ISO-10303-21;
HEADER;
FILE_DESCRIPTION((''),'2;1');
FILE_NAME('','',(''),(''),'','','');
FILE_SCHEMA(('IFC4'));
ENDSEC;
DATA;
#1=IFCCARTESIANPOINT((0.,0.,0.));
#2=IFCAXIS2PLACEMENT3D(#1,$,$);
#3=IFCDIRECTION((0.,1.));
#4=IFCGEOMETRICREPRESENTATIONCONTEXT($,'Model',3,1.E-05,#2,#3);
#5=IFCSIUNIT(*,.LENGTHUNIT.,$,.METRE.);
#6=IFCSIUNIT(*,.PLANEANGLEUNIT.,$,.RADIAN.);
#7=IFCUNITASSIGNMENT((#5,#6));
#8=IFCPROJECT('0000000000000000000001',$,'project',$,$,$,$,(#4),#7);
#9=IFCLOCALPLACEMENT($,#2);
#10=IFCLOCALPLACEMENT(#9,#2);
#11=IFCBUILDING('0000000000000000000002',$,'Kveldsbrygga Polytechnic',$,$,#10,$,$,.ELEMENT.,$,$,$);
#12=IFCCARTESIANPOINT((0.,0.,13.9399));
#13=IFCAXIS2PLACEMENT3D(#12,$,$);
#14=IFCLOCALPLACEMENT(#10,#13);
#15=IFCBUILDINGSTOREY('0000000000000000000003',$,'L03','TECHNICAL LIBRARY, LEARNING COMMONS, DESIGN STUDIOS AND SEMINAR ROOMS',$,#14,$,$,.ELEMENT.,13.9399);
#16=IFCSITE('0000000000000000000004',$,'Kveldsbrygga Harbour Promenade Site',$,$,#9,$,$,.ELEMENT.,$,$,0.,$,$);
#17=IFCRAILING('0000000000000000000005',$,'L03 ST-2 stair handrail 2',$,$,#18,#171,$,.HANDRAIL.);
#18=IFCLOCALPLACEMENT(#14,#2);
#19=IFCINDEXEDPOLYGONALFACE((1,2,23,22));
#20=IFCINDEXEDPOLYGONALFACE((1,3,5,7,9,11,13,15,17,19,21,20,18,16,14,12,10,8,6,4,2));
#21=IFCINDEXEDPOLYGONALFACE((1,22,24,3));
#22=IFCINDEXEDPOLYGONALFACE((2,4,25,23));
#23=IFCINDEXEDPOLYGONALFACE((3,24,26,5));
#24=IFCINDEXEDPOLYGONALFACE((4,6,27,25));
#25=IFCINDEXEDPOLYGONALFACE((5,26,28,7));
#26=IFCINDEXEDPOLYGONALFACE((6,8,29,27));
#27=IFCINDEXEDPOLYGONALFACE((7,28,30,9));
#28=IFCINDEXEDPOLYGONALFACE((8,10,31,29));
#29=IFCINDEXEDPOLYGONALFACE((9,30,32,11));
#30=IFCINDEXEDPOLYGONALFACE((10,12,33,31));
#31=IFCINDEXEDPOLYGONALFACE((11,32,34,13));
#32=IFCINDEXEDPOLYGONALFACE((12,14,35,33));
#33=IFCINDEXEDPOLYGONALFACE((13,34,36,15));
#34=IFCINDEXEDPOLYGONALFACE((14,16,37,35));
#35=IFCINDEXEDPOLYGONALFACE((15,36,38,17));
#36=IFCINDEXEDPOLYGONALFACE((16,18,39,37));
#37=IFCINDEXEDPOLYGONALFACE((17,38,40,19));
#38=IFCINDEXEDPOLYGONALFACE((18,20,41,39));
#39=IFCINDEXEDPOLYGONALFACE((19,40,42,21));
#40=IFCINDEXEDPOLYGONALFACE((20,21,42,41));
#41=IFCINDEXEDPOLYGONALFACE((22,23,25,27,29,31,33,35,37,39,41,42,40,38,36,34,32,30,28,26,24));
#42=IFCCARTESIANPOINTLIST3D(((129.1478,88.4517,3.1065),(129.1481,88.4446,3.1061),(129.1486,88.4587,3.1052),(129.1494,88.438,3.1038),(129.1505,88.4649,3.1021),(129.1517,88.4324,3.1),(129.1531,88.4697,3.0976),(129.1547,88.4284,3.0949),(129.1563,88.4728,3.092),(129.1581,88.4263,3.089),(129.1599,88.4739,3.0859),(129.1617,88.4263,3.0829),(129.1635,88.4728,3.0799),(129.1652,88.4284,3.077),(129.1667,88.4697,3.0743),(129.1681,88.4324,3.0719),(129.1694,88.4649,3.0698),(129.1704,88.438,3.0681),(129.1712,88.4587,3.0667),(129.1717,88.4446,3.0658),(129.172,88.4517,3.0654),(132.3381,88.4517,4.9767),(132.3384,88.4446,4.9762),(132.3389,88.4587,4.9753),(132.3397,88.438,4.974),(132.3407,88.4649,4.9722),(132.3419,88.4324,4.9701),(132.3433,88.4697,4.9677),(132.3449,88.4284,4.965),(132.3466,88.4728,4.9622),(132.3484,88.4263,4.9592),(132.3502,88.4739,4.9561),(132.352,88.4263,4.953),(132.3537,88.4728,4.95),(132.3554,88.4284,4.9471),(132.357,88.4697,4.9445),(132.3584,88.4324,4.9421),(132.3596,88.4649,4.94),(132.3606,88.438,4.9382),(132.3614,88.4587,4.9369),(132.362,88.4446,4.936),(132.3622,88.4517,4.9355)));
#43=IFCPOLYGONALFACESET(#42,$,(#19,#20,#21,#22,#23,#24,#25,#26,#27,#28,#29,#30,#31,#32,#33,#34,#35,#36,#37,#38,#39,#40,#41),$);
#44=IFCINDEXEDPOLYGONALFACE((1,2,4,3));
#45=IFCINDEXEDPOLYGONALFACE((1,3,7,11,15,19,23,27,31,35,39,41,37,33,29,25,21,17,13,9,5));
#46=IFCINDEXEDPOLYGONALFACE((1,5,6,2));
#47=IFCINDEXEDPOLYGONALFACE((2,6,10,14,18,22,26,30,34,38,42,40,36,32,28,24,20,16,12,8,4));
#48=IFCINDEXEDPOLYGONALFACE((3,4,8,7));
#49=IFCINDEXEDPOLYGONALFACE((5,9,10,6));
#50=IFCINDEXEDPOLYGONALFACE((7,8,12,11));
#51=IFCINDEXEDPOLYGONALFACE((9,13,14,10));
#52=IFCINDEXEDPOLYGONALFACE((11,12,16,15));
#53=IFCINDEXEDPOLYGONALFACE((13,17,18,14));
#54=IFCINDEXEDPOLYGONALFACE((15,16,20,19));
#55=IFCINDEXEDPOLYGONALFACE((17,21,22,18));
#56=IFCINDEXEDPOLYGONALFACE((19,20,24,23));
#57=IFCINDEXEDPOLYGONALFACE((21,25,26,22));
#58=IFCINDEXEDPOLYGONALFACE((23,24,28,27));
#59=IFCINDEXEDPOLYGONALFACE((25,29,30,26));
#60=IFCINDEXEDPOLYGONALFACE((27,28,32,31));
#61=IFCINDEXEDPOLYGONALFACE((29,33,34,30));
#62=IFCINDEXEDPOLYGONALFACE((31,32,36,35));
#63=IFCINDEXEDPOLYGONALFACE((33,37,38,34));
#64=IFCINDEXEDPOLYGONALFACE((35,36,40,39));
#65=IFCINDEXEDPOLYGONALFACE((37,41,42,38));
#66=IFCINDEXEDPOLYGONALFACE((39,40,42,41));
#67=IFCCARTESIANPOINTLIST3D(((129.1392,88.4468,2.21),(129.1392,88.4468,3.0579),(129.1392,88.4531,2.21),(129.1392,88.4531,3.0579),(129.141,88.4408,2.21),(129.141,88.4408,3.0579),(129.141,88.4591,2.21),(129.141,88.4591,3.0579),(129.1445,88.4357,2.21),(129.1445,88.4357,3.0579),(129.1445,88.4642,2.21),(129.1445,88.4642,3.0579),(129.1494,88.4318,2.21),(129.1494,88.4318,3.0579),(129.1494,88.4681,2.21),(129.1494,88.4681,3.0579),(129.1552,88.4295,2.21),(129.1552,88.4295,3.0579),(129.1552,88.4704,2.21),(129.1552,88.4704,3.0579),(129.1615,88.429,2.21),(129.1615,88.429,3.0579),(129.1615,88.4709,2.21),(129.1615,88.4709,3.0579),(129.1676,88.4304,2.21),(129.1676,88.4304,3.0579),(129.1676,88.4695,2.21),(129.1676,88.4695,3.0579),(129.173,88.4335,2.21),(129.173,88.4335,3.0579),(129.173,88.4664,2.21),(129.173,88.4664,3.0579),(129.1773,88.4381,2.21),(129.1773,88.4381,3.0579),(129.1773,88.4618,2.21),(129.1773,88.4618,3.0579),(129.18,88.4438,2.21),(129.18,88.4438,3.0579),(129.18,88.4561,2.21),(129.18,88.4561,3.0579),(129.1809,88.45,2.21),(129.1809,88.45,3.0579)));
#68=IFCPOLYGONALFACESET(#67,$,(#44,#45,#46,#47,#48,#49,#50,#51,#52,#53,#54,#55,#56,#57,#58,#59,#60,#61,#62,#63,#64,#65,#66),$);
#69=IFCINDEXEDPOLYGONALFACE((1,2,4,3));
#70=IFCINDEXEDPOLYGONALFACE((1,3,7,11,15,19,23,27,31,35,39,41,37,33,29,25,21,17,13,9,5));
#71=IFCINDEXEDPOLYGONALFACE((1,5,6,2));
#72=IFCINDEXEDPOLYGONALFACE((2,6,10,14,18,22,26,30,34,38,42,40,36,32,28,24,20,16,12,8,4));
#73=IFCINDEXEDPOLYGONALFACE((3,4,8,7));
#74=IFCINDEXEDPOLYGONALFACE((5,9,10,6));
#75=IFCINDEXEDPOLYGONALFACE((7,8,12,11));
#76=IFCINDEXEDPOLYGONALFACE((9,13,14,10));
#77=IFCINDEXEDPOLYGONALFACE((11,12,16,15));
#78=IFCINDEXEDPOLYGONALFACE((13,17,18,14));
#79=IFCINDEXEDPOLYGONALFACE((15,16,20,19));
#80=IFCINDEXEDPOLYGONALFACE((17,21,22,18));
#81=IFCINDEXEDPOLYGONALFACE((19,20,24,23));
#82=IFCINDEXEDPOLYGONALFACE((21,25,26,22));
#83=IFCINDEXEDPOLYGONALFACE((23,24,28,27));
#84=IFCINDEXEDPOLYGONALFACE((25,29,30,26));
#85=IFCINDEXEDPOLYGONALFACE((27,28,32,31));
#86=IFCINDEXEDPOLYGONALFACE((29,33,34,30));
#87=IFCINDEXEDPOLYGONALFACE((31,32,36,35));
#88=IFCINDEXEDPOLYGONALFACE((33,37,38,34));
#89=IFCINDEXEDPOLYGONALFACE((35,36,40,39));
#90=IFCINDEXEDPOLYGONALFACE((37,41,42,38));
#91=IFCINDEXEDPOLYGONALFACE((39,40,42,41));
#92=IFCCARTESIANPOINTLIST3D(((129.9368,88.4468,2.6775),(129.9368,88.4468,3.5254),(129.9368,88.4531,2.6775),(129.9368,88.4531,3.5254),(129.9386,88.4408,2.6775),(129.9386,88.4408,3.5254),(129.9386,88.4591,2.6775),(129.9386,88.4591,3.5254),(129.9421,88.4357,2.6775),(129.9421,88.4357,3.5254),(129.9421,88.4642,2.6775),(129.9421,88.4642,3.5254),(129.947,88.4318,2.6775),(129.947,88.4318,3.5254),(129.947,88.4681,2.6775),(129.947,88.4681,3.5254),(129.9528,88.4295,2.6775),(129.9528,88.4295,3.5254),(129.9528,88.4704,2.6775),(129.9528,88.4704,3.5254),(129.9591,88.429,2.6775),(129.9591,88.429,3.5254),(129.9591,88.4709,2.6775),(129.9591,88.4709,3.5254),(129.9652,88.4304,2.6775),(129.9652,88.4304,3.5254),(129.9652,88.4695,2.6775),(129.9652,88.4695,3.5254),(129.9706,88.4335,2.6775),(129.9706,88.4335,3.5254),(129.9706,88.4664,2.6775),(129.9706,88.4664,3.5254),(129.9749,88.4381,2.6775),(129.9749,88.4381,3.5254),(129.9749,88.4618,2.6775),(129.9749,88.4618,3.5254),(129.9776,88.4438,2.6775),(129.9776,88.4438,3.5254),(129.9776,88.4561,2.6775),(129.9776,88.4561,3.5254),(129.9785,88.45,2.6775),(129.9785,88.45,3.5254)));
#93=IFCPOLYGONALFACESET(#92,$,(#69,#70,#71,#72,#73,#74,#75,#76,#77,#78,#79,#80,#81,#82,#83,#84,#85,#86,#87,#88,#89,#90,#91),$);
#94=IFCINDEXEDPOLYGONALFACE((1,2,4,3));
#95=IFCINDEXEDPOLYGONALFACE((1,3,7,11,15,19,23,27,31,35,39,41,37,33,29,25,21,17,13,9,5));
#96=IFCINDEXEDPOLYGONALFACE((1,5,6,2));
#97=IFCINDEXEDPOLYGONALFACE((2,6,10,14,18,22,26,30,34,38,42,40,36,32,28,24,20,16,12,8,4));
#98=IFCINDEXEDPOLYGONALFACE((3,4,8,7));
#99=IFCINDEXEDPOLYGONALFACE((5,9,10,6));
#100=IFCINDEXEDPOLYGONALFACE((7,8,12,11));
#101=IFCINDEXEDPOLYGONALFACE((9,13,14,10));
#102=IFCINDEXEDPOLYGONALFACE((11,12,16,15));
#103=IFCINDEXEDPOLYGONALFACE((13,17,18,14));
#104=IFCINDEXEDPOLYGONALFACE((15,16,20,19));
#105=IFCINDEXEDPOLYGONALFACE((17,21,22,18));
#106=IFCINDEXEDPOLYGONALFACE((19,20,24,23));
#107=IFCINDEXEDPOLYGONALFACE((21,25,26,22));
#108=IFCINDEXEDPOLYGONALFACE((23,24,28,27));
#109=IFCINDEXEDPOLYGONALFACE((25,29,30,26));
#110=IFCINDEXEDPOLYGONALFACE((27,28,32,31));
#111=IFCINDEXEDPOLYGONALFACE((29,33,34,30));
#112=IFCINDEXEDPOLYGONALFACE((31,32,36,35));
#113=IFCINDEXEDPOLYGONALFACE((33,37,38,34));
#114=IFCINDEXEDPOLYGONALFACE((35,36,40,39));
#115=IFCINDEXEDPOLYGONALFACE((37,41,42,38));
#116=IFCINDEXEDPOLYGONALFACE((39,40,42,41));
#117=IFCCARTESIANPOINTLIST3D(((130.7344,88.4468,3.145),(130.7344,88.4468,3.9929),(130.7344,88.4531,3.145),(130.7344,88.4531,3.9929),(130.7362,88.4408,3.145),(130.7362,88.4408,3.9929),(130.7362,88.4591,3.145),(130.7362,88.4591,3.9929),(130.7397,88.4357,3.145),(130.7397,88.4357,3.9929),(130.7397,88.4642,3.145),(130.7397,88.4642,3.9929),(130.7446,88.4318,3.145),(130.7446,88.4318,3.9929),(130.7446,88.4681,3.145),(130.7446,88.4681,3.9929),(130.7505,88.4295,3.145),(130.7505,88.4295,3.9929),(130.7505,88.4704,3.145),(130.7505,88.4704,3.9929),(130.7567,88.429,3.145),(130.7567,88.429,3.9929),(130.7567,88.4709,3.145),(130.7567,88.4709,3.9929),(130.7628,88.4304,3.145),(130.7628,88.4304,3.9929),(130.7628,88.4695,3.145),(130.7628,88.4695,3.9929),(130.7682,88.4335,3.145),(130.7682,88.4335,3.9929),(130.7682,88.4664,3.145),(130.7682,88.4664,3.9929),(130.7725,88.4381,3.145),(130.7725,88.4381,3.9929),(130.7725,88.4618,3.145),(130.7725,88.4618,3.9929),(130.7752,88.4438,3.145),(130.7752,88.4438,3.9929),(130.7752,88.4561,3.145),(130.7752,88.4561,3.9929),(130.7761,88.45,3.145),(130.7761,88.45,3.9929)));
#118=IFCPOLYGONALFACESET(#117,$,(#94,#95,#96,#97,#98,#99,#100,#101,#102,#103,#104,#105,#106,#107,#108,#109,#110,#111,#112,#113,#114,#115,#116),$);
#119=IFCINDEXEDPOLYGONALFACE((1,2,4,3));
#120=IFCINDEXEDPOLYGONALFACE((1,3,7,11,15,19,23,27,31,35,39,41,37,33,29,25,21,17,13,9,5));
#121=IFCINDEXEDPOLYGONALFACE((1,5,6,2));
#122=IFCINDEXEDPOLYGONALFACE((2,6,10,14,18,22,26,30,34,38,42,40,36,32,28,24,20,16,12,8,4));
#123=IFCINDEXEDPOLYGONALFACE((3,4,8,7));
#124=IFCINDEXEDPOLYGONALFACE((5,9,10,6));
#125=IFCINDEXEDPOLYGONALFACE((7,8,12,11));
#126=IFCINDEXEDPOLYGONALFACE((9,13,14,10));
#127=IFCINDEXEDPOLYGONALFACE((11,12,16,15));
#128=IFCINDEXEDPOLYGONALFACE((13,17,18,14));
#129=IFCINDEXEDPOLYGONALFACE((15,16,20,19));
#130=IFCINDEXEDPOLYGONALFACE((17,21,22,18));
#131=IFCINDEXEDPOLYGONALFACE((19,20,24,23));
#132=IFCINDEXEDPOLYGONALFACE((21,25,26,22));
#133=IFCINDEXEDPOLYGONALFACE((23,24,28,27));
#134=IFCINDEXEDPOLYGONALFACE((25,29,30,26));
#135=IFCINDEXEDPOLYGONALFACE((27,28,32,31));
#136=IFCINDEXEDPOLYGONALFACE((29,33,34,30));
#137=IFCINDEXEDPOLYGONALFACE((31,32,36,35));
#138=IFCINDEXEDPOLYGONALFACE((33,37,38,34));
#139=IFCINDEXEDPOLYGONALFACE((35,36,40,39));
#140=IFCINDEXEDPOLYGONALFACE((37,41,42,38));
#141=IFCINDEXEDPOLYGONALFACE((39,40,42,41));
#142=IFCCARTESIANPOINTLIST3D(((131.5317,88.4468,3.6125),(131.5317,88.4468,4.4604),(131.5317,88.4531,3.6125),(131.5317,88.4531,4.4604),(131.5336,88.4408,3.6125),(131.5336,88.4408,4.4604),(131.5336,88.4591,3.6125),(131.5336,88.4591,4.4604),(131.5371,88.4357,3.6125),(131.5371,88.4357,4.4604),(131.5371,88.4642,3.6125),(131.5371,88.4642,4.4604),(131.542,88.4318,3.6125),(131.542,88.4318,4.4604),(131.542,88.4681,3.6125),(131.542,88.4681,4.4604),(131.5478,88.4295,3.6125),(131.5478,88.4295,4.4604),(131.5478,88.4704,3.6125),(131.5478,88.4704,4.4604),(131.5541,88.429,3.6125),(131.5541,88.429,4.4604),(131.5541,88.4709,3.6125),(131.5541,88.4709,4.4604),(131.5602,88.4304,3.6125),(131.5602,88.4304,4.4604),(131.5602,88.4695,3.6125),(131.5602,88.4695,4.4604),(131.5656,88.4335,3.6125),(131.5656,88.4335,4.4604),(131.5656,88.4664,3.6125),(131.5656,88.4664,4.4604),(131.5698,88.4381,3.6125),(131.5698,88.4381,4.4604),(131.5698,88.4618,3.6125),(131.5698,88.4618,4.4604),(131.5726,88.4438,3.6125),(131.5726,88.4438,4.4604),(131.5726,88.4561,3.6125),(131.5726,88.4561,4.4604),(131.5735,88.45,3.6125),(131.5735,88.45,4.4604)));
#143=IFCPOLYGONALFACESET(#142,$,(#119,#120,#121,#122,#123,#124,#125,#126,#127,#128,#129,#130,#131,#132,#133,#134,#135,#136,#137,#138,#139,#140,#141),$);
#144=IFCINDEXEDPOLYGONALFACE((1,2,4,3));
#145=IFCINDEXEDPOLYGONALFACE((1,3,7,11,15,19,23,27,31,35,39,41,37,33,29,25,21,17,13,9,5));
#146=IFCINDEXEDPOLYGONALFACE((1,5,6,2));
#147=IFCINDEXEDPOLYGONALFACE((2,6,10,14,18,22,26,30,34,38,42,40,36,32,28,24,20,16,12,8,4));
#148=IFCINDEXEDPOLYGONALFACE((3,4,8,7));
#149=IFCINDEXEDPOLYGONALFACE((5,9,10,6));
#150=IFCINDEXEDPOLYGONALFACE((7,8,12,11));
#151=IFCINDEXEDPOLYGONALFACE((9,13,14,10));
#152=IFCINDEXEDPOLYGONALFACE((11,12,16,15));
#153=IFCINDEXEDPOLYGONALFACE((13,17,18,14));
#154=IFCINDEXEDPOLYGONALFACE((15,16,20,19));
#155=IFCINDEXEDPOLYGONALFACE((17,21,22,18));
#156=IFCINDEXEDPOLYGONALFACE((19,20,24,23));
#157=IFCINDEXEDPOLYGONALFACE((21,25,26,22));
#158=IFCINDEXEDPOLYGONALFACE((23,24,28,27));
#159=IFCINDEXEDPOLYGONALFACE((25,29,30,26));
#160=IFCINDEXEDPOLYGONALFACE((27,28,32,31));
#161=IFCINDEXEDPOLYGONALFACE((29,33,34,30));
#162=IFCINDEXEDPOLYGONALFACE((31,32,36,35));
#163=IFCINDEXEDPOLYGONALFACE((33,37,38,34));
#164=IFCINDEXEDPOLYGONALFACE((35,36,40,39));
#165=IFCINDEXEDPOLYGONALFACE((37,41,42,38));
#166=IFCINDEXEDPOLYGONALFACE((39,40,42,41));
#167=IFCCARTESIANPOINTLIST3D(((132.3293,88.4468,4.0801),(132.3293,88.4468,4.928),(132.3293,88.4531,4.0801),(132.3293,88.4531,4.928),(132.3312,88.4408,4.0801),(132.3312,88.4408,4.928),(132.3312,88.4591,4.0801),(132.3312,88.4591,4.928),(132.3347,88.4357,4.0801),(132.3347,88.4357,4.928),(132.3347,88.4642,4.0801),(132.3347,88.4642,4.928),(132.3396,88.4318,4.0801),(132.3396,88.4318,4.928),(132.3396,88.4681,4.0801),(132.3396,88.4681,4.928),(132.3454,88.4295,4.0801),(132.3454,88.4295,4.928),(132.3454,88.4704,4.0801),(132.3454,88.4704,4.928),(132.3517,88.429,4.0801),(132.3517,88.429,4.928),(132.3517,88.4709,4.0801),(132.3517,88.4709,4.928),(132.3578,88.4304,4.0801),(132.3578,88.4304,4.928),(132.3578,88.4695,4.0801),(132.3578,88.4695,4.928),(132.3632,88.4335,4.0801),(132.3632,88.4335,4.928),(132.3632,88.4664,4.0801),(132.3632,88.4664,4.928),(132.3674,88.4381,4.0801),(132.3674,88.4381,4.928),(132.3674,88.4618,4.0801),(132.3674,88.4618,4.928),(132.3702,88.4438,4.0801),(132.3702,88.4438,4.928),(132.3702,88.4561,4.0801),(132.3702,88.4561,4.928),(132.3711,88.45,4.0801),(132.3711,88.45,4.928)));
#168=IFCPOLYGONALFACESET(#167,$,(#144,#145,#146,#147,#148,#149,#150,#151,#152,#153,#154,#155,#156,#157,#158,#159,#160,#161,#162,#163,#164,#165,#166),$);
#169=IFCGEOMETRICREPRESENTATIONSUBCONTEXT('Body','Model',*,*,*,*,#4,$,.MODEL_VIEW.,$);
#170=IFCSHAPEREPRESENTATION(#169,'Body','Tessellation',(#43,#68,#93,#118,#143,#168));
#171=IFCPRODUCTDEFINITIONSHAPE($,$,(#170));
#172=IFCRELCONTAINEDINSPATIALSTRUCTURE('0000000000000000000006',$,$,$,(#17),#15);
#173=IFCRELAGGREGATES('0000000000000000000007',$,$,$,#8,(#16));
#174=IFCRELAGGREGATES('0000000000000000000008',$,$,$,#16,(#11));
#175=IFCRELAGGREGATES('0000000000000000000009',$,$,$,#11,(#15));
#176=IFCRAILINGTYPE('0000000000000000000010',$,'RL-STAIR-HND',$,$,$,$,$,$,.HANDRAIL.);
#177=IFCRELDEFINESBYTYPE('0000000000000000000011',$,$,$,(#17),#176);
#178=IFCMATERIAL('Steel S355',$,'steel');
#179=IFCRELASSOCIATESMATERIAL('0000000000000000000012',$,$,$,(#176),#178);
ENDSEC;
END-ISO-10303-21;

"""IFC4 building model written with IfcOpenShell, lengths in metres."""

from ifc_helpers import new_model, si_unit, direction, frame, origin, origin_2d, place, context, subcontext, project, spatial, circle, extrude, material, type_object, element, save


model = new_model("IFC4")

# Units and contexts
model_context = context("Model", 3, precision=1e-05, world=origin(), true_north=direction((0.0, 1.0)))
body_context = subcontext(model_context, "Body", "Model", "MODEL_VIEW")
ifc_project = project(units=[si_unit("LENGTHUNIT", "METRE"), si_unit("PLANEANGLEUNIT", "RADIAN")], contexts=[model_context])

# Site, building, storey
site_placement = place(None, origin())
site = spatial("IfcSite", under=ifc_project, at=site_placement, Name="Kveldsbrygga Harbour Promenade Site", CompositionType="ELEMENT", RefElevation=0.0)
building_placement = place(site_placement, origin())
building = spatial("IfcBuilding", under=site, at=building_placement, Name="Kveldsbrygga Polytechnic", CompositionType="ELEMENT")
storey_placement = place(building_placement, frame((0.0, 0.0, 13.9399)))
storey = spatial("IfcBuildingStorey", under=building, at=storey_placement, Name="L03", Description="TECHNICAL LIBRARY, LEARNING COMMONS, DESIGN STUDIOS AND SEMINAR ROOMS", CompositionType="ELEMENT", Elevation=13.9399)

# Railing
ifc_material_1 = material(Name="Steel S355", Category="steel")
railing_type_1 = type_object("IfcRailingType", Name="RL-STAIR-HND", PredefinedType="HANDRAIL", material=ifc_material_1)
railing_1_placement = place(storey_placement, frame((129.1599, 88.45, 2.21)))
element("IfcRailing", 1, at=railing_1_placement, inside=storey, type_object=railing_type_1, Name="L03 ST-2 stair handrail 2", PredefinedType="HANDRAIL", context=body_context, shape_type="SweptSolid", body=[
    extrude(circle(Radius=0.0239, at=origin_2d()), frame((0.0, 0.0, 0.876), z_axis=(0.862697, 0.0, 0.505721), x_axis=(0.0, 1.0, 0.0)), (0.0, 0.0, 1.0), 3.698),
    extrude(circle(Radius=0.021, at=origin_2d()), origin(), (0.0, 0.0, 1.0), 0.8479),
    extrude(circle(Radius=0.021, at=origin_2d()), frame((0.7976, 0.0, 0.4675)), (0.0, 0.0, 1.0), 0.8479),
    extrude(circle(Radius=0.021, at=origin_2d()), frame((1.5952, 0.0, 0.9351)), (0.0, 0.0, 1.0), 0.8479),
    extrude(circle(Radius=0.021, at=origin_2d()), frame((2.3926, 0.0, 1.4026)), (0.0, 0.0, 1.0), 0.8479),
    extrude(circle(Radius=0.021, at=origin_2d()), frame((3.1902, 0.0, 1.8701)), (0.0, 0.0, 1.0), 0.8479),
])

save(model, "model.ifc")
